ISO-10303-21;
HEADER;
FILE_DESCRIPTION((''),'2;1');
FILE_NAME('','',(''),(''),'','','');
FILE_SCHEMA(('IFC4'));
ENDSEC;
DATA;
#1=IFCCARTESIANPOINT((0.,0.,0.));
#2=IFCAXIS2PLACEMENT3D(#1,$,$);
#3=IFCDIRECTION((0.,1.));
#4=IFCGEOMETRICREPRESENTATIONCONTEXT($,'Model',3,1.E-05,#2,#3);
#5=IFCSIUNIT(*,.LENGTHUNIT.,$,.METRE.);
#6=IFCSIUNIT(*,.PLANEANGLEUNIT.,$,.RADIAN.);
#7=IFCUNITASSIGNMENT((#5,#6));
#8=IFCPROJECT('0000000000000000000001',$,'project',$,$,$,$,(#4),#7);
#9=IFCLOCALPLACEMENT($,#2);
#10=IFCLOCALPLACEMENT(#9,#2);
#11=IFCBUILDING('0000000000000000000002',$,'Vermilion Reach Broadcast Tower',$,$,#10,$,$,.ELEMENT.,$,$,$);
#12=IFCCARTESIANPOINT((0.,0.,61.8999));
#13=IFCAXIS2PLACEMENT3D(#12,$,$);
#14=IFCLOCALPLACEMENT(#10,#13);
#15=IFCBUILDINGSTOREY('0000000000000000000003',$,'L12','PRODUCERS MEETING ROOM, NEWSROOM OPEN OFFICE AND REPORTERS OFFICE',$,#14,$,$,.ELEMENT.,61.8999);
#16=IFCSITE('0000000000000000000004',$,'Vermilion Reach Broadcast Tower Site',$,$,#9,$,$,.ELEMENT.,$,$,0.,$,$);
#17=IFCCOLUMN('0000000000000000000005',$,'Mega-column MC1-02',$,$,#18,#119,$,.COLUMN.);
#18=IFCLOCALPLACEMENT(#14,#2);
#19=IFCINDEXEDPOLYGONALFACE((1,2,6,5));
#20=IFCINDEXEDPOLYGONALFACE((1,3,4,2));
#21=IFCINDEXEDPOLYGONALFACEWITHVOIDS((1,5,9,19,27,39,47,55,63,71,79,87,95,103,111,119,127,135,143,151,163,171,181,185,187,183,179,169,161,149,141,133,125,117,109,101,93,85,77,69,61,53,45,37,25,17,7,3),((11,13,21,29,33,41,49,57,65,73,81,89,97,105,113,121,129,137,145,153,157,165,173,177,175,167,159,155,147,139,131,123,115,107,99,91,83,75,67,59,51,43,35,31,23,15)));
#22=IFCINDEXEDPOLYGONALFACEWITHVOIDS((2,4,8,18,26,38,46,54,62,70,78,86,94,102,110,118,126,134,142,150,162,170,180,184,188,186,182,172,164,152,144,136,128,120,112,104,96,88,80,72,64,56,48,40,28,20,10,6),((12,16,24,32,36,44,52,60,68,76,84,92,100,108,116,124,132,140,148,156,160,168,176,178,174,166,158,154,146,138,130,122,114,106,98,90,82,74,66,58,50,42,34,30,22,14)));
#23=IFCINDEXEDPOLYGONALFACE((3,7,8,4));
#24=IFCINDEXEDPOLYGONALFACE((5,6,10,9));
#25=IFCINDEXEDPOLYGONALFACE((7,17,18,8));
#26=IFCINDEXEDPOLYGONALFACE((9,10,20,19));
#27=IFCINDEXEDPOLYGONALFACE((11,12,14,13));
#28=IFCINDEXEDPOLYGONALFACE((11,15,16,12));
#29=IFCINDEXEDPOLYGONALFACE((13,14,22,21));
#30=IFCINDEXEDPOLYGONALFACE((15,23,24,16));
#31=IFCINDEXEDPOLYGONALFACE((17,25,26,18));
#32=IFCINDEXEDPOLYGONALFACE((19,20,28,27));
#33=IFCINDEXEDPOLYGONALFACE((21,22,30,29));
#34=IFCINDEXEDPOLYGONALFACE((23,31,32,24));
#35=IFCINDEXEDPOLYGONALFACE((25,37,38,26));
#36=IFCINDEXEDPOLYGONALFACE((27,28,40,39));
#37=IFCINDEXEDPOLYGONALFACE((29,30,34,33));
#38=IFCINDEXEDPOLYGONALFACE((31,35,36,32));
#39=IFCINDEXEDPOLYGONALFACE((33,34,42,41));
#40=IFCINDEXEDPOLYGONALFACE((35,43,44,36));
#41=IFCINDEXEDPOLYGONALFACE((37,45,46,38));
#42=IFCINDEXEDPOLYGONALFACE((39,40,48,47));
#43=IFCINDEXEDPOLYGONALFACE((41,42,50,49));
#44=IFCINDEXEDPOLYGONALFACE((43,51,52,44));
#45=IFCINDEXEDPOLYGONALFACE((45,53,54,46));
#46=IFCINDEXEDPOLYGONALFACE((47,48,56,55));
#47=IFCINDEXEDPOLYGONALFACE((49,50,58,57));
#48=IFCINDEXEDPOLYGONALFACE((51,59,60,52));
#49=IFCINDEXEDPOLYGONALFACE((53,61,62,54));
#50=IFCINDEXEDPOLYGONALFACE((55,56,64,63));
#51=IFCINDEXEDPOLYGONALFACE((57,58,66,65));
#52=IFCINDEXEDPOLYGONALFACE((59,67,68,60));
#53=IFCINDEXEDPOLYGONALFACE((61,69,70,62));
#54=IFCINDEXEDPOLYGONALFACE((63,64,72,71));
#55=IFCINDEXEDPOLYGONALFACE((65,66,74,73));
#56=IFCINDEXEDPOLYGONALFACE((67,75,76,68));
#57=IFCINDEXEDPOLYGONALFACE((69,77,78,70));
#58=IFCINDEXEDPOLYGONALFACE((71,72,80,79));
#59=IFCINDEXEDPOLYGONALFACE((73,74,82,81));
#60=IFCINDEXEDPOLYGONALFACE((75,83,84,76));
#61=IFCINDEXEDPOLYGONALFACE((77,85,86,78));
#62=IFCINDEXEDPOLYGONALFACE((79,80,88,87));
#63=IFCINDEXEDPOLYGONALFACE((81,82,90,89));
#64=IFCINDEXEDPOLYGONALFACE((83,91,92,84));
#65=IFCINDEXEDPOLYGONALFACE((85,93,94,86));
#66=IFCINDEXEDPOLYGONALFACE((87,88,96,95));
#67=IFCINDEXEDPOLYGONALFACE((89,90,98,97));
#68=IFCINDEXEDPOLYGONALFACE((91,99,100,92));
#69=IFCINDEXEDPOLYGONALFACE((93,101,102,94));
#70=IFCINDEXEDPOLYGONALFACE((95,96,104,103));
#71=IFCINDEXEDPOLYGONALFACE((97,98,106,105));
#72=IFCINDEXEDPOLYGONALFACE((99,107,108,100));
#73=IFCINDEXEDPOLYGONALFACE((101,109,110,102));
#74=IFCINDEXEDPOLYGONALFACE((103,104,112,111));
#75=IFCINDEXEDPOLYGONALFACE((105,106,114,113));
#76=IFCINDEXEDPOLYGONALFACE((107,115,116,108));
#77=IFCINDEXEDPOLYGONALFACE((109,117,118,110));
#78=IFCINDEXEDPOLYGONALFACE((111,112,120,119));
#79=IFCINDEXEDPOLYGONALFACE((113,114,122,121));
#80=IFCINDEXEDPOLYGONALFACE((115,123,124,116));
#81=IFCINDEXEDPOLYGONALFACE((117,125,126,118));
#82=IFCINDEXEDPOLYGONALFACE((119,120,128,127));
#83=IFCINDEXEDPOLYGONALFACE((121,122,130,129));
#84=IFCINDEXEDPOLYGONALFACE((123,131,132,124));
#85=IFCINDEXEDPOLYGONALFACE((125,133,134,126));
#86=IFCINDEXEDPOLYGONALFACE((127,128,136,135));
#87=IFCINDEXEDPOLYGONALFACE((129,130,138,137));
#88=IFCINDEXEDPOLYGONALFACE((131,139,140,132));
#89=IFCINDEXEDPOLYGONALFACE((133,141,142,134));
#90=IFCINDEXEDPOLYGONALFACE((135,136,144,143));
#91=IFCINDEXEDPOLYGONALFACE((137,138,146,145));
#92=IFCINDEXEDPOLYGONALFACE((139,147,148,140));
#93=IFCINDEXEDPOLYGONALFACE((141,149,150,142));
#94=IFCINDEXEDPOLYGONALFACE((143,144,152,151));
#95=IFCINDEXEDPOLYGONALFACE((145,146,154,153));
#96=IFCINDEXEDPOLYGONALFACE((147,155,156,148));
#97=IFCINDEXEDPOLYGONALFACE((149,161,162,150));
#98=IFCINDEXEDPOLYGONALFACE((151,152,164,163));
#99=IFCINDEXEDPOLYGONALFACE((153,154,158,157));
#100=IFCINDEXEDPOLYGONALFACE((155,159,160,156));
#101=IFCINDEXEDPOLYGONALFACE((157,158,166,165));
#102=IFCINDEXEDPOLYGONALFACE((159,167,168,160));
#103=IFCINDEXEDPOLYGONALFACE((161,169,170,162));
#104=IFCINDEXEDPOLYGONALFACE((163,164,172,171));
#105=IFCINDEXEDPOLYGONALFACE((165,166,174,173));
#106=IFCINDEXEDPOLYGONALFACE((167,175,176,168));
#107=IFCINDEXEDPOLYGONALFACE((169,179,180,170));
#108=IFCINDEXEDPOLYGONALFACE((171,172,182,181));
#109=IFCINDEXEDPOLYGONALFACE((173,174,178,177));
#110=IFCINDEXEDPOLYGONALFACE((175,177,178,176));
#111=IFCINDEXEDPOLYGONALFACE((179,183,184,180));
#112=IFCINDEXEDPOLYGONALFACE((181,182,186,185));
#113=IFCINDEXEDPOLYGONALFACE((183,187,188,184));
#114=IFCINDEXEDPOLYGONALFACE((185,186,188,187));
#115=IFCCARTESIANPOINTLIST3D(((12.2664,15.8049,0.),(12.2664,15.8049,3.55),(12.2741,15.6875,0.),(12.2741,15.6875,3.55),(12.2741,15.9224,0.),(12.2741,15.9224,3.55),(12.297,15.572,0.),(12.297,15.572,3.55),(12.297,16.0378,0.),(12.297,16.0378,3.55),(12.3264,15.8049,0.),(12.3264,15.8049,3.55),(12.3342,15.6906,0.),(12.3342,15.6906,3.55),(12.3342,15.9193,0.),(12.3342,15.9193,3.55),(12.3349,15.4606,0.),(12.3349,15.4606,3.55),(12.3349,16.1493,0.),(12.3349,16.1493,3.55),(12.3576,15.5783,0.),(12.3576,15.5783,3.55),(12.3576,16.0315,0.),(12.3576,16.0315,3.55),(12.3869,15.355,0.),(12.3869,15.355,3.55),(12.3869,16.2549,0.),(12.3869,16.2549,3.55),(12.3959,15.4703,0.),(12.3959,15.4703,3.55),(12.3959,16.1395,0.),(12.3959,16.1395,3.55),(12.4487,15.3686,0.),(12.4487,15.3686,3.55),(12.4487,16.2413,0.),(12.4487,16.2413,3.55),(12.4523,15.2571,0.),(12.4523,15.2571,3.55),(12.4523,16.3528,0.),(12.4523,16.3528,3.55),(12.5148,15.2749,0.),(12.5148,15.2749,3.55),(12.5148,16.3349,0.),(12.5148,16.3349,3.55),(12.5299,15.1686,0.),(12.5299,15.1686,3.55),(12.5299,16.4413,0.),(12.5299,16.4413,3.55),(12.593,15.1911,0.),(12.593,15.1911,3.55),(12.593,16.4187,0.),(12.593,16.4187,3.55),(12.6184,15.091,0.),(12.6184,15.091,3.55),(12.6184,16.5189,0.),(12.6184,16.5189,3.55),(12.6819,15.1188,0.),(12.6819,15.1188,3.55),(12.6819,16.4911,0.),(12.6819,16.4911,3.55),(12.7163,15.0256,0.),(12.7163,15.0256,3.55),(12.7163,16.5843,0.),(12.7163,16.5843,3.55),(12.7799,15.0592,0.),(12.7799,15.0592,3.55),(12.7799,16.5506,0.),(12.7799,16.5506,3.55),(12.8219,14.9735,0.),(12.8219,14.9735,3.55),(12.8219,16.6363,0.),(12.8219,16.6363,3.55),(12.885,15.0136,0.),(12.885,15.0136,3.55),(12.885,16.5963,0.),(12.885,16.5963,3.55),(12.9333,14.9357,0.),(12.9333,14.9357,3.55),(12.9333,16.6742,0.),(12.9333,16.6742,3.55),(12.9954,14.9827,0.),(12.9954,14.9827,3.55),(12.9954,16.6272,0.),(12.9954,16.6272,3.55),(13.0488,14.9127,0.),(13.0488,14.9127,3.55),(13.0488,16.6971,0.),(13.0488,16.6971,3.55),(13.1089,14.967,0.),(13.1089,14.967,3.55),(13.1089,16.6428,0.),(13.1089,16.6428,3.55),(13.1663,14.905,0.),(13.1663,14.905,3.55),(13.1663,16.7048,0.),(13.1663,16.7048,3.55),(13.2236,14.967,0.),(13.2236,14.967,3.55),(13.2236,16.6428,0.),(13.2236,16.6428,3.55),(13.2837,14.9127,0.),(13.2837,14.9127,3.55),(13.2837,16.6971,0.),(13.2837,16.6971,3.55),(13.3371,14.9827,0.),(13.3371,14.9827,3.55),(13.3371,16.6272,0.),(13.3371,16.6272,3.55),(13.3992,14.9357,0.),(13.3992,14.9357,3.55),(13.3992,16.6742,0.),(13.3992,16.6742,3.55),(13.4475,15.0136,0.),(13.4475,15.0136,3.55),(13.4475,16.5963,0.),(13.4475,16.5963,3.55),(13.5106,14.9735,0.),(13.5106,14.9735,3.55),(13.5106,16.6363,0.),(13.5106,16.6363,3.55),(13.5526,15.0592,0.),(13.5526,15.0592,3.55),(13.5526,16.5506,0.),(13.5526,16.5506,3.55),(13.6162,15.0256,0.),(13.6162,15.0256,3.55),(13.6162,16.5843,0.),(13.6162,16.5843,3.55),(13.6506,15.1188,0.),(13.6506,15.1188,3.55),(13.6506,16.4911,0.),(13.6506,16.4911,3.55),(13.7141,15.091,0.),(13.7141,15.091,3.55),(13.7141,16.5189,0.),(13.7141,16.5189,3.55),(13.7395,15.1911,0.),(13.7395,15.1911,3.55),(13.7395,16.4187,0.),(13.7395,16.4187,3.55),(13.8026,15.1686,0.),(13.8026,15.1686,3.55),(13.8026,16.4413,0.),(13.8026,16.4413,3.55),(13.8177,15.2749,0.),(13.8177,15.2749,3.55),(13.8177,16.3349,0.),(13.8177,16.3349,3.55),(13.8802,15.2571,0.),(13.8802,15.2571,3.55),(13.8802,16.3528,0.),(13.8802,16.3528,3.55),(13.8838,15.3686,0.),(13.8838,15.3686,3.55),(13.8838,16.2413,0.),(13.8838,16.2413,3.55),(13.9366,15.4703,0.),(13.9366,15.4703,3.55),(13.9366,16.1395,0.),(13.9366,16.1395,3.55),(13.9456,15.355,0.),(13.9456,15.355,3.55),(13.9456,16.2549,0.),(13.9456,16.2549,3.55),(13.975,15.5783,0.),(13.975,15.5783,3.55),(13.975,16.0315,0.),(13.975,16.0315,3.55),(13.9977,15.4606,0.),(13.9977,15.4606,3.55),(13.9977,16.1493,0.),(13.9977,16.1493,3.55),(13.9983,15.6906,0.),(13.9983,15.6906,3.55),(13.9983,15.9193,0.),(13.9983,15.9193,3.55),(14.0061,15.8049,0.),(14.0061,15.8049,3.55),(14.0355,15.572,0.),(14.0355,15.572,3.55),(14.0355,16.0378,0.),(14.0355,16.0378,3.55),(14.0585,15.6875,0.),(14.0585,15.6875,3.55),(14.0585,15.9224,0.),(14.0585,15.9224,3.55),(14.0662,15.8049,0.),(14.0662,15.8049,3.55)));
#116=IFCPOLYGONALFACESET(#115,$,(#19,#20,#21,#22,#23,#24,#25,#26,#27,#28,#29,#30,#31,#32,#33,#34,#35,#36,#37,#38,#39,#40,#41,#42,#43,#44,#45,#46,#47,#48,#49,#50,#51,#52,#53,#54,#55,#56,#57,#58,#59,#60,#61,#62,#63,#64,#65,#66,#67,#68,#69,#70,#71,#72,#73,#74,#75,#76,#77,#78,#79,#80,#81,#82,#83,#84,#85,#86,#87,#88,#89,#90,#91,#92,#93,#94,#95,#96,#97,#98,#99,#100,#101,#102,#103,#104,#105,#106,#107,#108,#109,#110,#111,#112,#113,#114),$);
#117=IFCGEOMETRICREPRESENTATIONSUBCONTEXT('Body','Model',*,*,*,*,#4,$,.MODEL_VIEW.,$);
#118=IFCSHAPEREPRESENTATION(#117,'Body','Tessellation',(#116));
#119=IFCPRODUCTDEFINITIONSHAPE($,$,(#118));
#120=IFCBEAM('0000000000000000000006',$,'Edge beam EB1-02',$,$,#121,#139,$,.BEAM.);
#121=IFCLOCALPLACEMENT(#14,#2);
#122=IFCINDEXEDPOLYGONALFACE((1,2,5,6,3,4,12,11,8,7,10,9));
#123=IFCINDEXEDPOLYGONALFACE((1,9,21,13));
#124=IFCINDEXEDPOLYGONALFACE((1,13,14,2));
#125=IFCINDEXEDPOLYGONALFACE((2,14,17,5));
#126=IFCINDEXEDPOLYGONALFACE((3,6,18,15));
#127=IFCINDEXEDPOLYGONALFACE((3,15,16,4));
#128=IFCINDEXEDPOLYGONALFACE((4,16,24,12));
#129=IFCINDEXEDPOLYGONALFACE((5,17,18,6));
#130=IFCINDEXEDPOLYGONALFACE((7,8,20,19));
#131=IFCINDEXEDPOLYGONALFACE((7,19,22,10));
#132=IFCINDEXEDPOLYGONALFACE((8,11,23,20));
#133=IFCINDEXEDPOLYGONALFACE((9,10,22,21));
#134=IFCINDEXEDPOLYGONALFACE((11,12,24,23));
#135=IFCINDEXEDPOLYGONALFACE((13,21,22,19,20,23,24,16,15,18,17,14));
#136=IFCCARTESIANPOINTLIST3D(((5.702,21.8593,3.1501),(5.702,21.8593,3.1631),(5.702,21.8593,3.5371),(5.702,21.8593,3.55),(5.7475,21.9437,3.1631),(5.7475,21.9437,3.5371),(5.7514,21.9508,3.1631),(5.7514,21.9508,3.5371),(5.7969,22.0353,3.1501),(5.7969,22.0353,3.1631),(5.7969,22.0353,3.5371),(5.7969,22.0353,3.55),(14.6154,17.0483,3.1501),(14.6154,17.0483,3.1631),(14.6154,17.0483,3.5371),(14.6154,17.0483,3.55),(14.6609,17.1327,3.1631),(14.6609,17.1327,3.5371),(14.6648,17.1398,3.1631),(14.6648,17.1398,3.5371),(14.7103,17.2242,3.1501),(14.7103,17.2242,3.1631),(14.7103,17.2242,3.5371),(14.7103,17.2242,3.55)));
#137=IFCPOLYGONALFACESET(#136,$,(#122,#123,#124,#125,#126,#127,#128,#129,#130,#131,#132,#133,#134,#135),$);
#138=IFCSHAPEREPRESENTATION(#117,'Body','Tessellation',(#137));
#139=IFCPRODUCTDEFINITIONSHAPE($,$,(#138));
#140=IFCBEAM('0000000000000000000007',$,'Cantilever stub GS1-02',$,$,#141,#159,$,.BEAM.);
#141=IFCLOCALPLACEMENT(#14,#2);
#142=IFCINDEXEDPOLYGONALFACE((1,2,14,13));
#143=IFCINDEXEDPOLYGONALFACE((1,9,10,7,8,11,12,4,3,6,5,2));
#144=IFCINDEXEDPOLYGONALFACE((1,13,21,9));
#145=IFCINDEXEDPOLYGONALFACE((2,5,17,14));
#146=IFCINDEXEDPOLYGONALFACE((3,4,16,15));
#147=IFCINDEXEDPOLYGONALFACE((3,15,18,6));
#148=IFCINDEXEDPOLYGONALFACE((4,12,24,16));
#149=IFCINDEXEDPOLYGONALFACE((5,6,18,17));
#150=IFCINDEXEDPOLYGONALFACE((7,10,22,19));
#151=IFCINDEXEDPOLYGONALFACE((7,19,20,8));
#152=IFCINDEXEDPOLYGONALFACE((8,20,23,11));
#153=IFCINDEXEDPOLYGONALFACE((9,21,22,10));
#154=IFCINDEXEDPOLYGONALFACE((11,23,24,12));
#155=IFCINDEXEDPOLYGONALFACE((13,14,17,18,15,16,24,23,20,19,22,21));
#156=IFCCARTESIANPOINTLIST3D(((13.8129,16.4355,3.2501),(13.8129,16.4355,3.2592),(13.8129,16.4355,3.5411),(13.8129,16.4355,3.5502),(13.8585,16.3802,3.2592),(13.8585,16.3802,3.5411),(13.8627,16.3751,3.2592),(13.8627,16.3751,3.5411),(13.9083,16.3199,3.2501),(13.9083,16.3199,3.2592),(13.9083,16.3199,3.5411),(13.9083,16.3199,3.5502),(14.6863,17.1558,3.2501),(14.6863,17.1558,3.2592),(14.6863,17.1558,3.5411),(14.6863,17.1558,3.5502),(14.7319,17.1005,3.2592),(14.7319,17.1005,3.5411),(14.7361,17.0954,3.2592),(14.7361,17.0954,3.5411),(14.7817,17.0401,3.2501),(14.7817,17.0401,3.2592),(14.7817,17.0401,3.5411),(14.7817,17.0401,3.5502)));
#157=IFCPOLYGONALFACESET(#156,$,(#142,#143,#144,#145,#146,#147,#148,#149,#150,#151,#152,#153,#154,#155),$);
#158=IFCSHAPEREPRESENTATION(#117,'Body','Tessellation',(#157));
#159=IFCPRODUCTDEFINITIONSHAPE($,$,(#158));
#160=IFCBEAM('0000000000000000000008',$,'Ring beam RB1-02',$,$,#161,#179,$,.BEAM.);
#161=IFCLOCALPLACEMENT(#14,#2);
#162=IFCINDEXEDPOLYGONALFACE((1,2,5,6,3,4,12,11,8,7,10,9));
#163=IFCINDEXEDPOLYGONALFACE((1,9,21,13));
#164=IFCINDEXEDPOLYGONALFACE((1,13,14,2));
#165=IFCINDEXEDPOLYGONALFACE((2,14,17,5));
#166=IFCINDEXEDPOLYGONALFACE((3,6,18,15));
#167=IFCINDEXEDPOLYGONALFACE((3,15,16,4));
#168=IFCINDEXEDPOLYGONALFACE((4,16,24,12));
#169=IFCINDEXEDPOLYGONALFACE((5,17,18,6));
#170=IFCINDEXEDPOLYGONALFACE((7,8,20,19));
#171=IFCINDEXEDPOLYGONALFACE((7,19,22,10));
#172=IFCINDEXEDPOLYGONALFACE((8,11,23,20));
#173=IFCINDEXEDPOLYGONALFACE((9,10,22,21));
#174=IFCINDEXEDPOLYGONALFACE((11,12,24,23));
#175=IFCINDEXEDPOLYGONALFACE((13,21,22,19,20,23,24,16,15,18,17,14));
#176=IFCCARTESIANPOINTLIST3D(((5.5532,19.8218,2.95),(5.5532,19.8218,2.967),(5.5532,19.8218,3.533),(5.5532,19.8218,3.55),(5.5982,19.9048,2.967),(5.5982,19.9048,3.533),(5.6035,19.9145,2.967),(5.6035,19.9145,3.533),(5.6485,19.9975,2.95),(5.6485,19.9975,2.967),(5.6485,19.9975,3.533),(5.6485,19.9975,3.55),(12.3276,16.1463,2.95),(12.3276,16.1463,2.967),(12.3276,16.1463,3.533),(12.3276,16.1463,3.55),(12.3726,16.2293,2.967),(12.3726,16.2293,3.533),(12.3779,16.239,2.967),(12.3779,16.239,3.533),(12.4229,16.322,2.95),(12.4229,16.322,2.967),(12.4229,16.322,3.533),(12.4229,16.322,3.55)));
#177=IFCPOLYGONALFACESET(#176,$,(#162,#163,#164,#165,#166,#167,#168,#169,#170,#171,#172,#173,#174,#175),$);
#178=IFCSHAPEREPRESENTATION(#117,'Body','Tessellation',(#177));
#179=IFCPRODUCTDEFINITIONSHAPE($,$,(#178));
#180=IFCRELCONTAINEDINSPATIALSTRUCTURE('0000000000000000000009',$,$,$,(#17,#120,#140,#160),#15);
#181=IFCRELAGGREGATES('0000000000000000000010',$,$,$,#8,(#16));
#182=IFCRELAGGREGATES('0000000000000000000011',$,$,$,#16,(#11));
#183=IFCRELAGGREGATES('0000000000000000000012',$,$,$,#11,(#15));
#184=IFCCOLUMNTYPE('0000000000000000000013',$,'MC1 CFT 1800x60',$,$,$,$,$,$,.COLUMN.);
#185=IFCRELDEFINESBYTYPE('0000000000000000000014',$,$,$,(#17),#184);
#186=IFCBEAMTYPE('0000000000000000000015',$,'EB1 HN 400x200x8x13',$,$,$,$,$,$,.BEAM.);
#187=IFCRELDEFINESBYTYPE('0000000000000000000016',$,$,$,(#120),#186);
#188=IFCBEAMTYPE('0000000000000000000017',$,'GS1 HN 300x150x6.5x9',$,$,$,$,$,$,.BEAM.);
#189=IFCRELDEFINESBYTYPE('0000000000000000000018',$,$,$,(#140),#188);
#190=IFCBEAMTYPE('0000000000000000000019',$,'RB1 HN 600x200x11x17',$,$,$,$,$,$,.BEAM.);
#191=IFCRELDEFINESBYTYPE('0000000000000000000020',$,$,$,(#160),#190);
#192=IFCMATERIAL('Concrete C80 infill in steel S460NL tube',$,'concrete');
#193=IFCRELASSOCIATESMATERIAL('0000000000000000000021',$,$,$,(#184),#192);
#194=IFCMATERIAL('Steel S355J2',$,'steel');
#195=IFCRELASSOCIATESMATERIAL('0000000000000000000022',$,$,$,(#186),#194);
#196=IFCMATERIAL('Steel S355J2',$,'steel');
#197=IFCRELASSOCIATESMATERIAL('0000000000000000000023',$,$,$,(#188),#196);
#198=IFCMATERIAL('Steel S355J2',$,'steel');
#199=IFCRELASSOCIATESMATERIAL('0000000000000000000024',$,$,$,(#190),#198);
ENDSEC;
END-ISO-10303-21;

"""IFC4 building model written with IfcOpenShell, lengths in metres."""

from ifc_helpers import new_model, si_unit, direction, frame, origin, origin_2d, place, context, subcontext, project, spatial, hollow_circle, i_section, extrude, material, material_profile, profile_set, type_object, element, save


model = new_model("IFC4")

# Units and contexts
model_context = context("Model", 3, precision=1e-05, world=origin(), true_north=direction((0.0, 1.0)))
body_context = subcontext(model_context, "Body", "Model", "MODEL_VIEW")
ifc_project = project(units=[si_unit("LENGTHUNIT", "METRE"), si_unit("PLANEANGLEUNIT", "RADIAN")], contexts=[model_context])

# Site, building, storey
site_placement = place(None, origin())
site = spatial("IfcSite", under=ifc_project, at=site_placement, Name="Vermilion Reach Broadcast Tower Site", CompositionType="ELEMENT", RefElevation=0.0)
building_placement = place(site_placement, origin())
building = spatial("IfcBuilding", under=site, at=building_placement, Name="Vermilion Reach Broadcast Tower", CompositionType="ELEMENT")
storey_placement = place(building_placement, frame((0.0, 0.0, 61.8999)))
storey = spatial("IfcBuildingStorey", under=building, at=storey_placement, Name="L12", Description="PRODUCERS MEETING ROOM, NEWSROOM OPEN OFFICE AND REPORTERS OFFICE", CompositionType="ELEMENT", Elevation=61.8999)

# Column
ifc_material_1 = material(Name="Concrete C80 infill in steel S460NL tube", Category="concrete")
ifc_material_profile_1 = material_profile(ifc_material_1, hollow_circle(Radius=0.8999, WallThickness=0.0601, at=origin_2d()), Name="Concrete C80 infill in steel S460NL tube CFT 1800x60")
ifc_profile_set_1 = profile_set([ifc_material_profile_1], Name="Concrete C80 infill in steel S460NL tube")
column_type = type_object("IfcColumnType", Name="MC1 CFT 1800x60", PredefinedType="COLUMN", material=ifc_profile_set_1)
column_placement = place(storey_placement, frame((13.1663, 15.8049, 0.0), z_axis=(0.0, 0.0, 1.0), x_axis=(1.0, 0.0, 0.0)))
element("IfcColumn", 1, at=column_placement, inside=storey, type_object=column_type, Name="Mega-column MC1-02", PredefinedType="COLUMN", context=body_context, shape_type="SweptSolid", body=[
    extrude(hollow_circle(Radius=0.8999, WallThickness=0.0601, at=origin_2d()), origin(), (0.0, 0.0, 1.0), 3.55),
])

# Beams
ifc_material_2 = material(Name="Steel S355J2", Category="steel")
ifc_material_profile_2 = material_profile(ifc_material_2, i_section(OverallWidth=0.2, OverallDepth=0.3999, WebThickness=0.0081, FlangeThickness=0.0129, at=origin_2d()), Name="S355J2 HN 400x200x8x13")
ifc_profile_set_2 = profile_set([ifc_material_profile_2], Name="Steel S355J2")
beam_type_1 = type_object("IfcBeamType", Name="EB1 HN 400x200x8x13", PredefinedType="BEAM", material=ifc_profile_set_2)
beam_1_placement = place(storey_placement, frame((14.6628, 17.1362, 3.3501), z_axis=(-0.879995, 0.474984, 0.0), x_axis=(-0.474984, -0.879995, 0.0)))
element("IfcBeam", 2, at=beam_1_placement, inside=storey, type_object=beam_type_1, Name="Edge beam EB1-02", PredefinedType="BEAM", context=body_context, shape_type="SweptSolid", body=[
    extrude(i_section(OverallWidth=0.2, OverallDepth=0.3999, WebThickness=0.0081, FlangeThickness=0.0129, at=origin_2d()), origin(), (0.0, 0.0, 1.0), 10.1289),
])
ifc_material_3 = material(Name="Steel S355J2", Category="steel")
ifc_material_profile_3 = material_profile(ifc_material_3, i_section(OverallWidth=0.1499, OverallDepth=0.3, WebThickness=0.0066, FlangeThickness=0.009, at=origin_2d()), Name="S355J2 HN 300x150x6.5x9")
ifc_profile_set_3 = profile_set([ifc_material_profile_3], Name="Steel S355J2")
beam_type_2 = type_object("IfcBeamType", Name="GS1 HN 300x150x6.5x9", PredefinedType="BEAM", material=ifc_profile_set_3)
beam_2_placement = place(storey_placement, frame((13.8606, 16.3777, 3.4001), z_axis=(0.771482, 0.636251, 0.0), x_axis=(-0.636251, 0.771482, 0.0)))
element("IfcBeam", 3, at=beam_2_placement, inside=storey, type_object=beam_type_2, Name="Cantilever stub GS1-02", PredefinedType="BEAM", context=body_context, shape_type="SweptSolid", body=[
    extrude(i_section(OverallWidth=0.1499, OverallDepth=0.3, WebThickness=0.0066, FlangeThickness=0.009, at=origin_2d()), origin(), (0.0, 0.0, 1.0), 1.1321),
])
ifc_material_4 = material(Name="Steel S355J2", Category="steel")
ifc_material_profile_4 = material_profile(ifc_material_4, i_section(OverallWidth=0.2, OverallDepth=0.6001, WebThickness=0.011, FlangeThickness=0.0171, at=origin_2d()), Name="S355J2 HN 600x200x11x17")
ifc_profile_set_4 = profile_set([ifc_material_profile_4], Name="Steel S355J2")
beam_type_3 = type_object("IfcBeamType", Name="RB1 HN 600x200x11x17", PredefinedType="BEAM", material=ifc_profile_set_4)
beam_3_placement = place(storey_placement, frame((12.3752, 16.2341, 3.25), z_axis=(-0.878962, 0.476891, 0.0), x_axis=(-0.476891, -0.878962, 0.0)))
element("IfcBeam", 4, at=beam_3_placement, inside=storey, type_object=beam_type_3, Name="Ring beam RB1-02", PredefinedType="BEAM", context=body_context, shape_type="SweptSolid", body=[
    extrude(i_section(OverallWidth=0.2, OverallDepth=0.6001, WebThickness=0.011, FlangeThickness=0.0171, at=origin_2d()), origin(), (0.0, 0.0, 1.0), 7.7073),
])

save(model, "model.ifc")
